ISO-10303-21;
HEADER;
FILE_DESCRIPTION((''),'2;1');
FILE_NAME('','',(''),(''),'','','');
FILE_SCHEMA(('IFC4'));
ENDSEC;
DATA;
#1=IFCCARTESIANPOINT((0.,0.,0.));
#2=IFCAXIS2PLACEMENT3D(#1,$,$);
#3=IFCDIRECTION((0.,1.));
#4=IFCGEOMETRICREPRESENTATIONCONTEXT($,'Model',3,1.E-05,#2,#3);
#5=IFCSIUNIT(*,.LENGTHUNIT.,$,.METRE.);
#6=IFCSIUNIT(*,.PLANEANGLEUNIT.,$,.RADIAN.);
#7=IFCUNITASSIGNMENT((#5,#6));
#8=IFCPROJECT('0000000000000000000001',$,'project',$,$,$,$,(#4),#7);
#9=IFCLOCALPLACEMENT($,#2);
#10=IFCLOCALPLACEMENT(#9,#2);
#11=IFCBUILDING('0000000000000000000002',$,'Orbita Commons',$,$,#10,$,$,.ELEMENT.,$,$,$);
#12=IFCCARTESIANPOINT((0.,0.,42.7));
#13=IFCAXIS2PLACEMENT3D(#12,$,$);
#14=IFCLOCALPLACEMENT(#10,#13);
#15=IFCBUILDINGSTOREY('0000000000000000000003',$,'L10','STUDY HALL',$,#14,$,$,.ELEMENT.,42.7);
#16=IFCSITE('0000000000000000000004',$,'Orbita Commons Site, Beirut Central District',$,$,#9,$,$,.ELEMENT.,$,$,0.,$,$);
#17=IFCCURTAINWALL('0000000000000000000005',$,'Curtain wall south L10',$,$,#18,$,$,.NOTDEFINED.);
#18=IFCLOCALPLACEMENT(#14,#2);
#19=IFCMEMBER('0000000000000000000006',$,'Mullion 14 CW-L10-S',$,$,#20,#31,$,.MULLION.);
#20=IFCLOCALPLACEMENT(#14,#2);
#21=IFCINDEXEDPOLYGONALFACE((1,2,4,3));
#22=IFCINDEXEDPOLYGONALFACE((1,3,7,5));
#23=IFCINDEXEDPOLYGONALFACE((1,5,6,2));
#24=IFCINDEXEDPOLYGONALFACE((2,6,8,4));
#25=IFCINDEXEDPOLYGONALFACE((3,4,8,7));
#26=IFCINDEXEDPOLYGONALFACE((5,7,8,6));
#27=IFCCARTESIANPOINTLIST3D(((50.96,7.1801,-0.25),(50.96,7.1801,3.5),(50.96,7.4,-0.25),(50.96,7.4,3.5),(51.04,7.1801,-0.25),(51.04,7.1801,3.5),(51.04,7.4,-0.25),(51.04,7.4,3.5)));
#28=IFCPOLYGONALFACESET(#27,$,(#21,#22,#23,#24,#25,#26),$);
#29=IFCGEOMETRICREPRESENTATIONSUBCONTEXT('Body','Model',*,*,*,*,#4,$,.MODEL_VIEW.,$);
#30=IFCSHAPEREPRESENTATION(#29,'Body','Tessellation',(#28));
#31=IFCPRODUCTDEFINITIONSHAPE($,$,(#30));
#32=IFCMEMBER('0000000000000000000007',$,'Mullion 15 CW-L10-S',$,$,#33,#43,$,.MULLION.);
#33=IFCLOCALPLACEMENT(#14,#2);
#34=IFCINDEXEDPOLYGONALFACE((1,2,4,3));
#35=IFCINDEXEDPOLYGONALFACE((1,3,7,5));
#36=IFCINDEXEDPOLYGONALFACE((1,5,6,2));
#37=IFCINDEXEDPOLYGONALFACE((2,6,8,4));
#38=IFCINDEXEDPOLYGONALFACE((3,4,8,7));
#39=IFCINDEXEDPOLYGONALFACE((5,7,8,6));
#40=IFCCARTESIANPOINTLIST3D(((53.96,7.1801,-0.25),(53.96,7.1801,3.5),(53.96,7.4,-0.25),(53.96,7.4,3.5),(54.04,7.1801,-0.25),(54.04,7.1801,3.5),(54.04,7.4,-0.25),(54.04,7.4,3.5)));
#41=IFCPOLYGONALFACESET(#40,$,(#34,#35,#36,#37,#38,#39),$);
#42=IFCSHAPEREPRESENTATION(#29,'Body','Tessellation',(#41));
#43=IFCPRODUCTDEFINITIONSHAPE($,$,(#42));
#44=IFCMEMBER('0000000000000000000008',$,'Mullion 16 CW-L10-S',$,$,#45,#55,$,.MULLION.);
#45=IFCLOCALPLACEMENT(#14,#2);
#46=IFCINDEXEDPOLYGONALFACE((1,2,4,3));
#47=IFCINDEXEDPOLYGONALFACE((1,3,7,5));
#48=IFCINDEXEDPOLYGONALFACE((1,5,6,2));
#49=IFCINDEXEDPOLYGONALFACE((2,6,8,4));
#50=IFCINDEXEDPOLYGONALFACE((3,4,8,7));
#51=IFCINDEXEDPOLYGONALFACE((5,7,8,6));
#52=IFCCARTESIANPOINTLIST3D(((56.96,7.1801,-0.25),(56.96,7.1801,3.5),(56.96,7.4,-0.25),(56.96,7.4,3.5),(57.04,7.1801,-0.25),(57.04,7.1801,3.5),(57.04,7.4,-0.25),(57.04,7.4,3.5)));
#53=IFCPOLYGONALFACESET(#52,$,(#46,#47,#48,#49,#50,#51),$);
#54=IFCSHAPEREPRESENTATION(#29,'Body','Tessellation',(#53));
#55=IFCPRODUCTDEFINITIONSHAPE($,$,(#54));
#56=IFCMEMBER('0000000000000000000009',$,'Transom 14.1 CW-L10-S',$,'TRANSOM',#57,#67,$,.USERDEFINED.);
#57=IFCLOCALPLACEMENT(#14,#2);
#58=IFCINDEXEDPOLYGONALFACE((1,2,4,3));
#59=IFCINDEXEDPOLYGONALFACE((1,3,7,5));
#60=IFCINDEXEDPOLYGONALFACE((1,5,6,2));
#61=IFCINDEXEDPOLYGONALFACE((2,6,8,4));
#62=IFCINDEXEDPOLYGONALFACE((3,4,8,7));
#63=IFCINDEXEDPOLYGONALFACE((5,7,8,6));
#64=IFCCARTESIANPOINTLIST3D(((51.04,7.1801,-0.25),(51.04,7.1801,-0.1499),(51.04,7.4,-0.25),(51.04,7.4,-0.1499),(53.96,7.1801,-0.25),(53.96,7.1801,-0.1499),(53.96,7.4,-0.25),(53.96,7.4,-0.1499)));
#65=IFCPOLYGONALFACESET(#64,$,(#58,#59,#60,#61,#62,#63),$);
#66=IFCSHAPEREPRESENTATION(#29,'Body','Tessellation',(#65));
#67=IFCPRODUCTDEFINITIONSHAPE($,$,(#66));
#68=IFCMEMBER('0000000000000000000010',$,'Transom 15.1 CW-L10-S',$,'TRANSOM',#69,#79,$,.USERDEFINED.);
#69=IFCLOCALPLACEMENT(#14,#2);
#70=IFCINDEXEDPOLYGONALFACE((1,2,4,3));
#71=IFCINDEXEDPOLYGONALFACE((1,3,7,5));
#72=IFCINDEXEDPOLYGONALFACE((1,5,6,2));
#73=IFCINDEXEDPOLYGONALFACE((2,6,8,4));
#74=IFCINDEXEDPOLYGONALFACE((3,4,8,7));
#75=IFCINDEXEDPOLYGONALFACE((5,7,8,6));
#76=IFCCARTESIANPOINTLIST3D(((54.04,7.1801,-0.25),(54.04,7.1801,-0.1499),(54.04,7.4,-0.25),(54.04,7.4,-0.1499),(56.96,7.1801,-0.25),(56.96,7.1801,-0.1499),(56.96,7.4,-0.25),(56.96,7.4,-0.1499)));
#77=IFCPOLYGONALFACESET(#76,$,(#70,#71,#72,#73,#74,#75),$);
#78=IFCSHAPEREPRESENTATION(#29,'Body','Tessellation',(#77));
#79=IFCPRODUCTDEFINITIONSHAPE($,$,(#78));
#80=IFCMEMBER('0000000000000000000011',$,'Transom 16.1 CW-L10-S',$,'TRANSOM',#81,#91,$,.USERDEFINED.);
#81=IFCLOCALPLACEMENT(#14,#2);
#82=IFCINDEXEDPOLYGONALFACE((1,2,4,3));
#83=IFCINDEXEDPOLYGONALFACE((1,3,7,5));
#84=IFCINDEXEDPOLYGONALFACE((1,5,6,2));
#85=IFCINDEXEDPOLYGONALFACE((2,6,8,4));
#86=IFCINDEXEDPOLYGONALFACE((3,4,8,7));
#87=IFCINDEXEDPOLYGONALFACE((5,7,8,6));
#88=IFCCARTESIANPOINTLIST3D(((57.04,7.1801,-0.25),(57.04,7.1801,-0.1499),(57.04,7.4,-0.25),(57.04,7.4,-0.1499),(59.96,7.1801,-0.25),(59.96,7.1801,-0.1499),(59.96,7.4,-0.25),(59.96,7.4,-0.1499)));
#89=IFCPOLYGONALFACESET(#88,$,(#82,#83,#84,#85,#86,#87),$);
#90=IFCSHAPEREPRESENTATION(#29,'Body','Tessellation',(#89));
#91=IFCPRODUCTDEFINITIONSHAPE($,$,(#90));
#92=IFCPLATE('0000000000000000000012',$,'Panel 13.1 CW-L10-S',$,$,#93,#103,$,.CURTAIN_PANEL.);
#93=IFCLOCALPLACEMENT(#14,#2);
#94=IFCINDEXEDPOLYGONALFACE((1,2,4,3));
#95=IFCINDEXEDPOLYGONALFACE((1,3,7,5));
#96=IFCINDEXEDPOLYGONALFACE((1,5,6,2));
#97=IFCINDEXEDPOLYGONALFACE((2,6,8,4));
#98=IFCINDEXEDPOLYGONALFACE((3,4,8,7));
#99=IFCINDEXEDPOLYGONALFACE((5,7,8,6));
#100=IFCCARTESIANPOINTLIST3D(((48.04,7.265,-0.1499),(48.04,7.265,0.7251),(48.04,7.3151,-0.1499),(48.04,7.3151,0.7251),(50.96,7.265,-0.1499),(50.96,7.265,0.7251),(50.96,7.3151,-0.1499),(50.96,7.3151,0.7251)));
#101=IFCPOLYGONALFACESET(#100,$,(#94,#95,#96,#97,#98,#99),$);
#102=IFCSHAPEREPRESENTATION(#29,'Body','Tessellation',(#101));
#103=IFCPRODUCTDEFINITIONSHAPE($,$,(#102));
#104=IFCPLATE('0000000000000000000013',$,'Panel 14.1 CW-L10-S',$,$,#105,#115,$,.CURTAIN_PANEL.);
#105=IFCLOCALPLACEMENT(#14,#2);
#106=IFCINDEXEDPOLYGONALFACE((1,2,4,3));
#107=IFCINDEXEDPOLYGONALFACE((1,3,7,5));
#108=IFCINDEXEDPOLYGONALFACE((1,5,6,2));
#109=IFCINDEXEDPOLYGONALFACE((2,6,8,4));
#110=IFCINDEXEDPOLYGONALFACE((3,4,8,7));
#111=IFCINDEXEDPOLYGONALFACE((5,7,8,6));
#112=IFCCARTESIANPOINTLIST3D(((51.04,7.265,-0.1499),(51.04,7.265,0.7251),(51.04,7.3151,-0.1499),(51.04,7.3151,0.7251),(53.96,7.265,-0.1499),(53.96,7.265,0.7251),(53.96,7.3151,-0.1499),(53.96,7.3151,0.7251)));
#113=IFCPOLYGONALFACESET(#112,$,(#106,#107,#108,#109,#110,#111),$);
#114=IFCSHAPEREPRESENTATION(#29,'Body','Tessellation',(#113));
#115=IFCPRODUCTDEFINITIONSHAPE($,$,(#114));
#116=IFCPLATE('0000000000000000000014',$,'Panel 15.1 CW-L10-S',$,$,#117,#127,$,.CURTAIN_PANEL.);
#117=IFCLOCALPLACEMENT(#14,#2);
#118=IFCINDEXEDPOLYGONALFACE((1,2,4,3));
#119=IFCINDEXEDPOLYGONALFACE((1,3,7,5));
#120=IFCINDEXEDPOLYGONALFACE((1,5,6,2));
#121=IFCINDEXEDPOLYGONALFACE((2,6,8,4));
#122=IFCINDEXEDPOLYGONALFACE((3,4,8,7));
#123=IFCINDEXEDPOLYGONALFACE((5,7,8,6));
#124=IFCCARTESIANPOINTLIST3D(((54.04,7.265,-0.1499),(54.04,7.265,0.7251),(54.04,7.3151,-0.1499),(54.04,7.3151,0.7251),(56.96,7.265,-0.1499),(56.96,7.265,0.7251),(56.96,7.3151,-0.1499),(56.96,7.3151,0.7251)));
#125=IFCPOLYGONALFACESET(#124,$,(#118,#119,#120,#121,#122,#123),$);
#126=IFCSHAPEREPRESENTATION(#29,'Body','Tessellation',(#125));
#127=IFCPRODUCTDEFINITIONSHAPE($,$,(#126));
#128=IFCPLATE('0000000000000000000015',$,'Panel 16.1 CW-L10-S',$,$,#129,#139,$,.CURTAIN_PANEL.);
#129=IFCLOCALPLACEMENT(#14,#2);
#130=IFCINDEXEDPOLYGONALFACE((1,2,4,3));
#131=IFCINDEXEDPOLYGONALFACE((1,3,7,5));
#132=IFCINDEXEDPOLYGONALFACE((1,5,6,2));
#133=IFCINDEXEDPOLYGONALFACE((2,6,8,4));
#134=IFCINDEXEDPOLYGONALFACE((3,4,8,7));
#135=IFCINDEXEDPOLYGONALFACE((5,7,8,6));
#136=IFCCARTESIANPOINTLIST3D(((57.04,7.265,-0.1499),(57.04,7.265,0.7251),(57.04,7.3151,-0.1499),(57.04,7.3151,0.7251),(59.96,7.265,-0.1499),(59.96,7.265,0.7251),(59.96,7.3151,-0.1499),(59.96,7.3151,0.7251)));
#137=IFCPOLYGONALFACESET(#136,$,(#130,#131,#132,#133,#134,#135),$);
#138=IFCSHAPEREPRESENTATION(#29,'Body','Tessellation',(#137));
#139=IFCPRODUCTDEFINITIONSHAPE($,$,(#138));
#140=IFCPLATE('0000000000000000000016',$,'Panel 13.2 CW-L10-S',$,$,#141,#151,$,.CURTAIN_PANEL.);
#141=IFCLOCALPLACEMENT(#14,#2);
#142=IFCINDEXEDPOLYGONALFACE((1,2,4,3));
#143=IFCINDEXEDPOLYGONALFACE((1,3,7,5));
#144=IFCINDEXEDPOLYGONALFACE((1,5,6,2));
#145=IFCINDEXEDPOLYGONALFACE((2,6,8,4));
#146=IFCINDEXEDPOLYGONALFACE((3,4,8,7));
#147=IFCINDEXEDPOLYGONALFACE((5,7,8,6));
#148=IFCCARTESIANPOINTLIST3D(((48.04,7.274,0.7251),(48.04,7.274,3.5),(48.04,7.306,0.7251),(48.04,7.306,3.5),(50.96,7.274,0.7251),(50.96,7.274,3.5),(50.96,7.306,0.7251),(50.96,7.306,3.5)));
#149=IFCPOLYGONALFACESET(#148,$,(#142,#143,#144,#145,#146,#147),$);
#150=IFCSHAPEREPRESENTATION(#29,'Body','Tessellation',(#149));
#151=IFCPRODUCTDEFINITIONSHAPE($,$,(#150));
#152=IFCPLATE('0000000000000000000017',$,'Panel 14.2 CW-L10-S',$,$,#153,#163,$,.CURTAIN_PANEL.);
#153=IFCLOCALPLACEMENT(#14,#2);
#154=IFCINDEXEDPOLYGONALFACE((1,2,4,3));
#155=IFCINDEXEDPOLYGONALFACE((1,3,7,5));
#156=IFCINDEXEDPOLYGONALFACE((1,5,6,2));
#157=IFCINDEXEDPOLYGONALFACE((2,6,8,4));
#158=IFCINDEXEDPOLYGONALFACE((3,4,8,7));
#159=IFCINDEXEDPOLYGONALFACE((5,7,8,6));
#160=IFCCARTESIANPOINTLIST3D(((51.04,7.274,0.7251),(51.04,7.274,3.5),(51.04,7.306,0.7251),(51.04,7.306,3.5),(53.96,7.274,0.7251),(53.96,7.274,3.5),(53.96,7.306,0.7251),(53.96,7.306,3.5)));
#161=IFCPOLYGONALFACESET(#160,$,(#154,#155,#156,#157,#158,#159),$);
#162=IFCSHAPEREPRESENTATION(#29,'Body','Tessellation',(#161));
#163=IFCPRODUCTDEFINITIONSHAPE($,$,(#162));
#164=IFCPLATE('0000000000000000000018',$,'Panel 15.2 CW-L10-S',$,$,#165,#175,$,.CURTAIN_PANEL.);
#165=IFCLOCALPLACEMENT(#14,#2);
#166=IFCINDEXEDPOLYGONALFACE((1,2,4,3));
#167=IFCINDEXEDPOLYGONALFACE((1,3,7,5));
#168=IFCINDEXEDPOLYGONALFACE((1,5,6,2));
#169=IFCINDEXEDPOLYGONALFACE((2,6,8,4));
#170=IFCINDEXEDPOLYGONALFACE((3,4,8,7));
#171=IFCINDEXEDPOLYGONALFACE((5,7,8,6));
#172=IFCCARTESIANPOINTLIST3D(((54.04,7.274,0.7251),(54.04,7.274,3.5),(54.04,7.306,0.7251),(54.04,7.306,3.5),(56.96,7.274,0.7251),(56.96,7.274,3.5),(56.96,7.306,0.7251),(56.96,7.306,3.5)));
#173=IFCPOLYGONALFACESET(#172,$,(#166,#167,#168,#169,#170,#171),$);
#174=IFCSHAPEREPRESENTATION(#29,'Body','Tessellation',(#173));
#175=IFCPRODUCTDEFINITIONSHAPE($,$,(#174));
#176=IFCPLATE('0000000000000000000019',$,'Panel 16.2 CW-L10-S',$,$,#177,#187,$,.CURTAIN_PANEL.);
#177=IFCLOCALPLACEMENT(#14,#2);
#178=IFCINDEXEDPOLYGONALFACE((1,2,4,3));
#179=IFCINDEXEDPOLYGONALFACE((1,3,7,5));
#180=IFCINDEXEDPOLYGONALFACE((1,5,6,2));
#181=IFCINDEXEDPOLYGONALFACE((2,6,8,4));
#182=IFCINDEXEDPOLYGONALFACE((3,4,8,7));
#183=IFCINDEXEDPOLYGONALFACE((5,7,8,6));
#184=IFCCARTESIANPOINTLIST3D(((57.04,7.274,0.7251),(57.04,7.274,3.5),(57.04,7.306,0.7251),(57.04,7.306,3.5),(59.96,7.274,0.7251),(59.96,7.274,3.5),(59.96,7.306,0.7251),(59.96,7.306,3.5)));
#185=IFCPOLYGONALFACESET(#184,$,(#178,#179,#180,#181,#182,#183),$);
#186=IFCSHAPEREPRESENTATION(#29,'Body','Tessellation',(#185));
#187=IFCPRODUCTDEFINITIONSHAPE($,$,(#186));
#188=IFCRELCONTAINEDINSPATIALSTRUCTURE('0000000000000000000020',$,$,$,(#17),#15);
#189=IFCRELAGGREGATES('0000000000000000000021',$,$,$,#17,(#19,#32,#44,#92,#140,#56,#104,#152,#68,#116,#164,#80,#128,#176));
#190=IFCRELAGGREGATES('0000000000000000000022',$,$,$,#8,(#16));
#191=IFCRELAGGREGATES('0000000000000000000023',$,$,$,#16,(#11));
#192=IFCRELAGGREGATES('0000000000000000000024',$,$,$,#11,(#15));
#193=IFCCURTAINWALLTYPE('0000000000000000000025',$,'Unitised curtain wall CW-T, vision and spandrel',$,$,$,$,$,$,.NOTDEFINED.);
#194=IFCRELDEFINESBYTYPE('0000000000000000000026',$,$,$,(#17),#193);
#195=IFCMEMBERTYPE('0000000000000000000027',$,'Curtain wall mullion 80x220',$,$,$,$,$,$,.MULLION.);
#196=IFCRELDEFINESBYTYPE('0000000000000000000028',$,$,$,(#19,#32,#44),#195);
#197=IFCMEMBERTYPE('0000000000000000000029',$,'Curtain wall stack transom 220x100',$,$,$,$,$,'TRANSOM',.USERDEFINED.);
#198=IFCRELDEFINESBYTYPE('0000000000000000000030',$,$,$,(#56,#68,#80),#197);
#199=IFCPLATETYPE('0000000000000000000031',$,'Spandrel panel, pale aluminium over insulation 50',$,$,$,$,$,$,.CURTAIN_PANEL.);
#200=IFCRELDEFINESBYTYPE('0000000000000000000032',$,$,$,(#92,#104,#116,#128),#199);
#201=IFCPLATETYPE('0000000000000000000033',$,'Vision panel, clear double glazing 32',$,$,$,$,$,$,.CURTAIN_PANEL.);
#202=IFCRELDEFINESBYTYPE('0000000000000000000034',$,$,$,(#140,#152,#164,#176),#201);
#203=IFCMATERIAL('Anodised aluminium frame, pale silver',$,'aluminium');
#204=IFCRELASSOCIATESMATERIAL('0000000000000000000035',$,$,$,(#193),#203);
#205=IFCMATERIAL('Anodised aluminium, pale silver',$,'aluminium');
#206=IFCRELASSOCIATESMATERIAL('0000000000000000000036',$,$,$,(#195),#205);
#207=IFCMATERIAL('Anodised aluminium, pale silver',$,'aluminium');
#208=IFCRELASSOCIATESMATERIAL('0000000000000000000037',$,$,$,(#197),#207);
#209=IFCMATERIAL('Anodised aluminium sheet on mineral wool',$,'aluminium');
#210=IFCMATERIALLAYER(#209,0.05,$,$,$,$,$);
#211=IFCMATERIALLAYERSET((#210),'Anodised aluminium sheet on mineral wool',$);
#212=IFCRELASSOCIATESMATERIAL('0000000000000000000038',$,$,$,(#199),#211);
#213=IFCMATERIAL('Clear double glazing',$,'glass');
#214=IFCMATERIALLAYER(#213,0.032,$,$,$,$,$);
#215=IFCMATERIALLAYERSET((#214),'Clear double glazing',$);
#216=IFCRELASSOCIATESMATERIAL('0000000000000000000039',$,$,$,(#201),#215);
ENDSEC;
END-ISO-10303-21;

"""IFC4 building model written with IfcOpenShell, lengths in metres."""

from ifc_helpers import new_model, si_unit, direction, frame, origin, origin_2d, place, context, subcontext, project, spatial, rectangle, extrude, material, layer, layer_set, material_profile, profile_set, type_object, element, aggregate, save


model = new_model("IFC4")

# Units and contexts
model_context = context("Model", 3, precision=1e-05, world=origin(), true_north=direction((0.0, 1.0)))
body_context = subcontext(model_context, "Body", "Model", "MODEL_VIEW")
ifc_project = project(units=[si_unit("LENGTHUNIT", "METRE"), si_unit("PLANEANGLEUNIT", "RADIAN")], contexts=[model_context])

# Site, building, storey
site_placement = place(None, origin())
site = spatial("IfcSite", under=ifc_project, at=site_placement, Name="Orbita Commons Site, Beirut Central District", CompositionType="ELEMENT", RefElevation=0.0)
building_placement = place(site_placement, origin())
building = spatial("IfcBuilding", under=site, at=building_placement, Name="Orbita Commons", CompositionType="ELEMENT")
storey_placement = place(building_placement, frame((0.0, 0.0, 42.7)))
storey = spatial("IfcBuildingStorey", under=building, at=storey_placement, Name="L10", Description="STUDY HALL", CompositionType="ELEMENT", Elevation=42.7)

# Curtain wall, members, plates
ifc_material_1 = material(Name="Anodised aluminium frame, pale silver", Category="aluminium")
curtain_wall_type = type_object("IfcCurtainWallType", Name="Unitised curtain wall CW-T, vision and spandrel", PredefinedType="NOTDEFINED", material=ifc_material_1)
curtain_wall_placement = place(storey_placement, origin())
curtain_wall = element("IfcCurtainWall", 1, at=curtain_wall_placement, inside=storey, type_object=curtain_wall_type, Name="Curtain wall south L10", PredefinedType="NOTDEFINED")
ifc_material_2 = material(Name="Anodised aluminium, pale silver", Category="aluminium")
ifc_material_profile_1 = material_profile(ifc_material_2, rectangle(XDim=0.0801, YDim=0.22, at=origin_2d()), Name="AL 80x220")
ifc_profile_set_1 = profile_set([ifc_material_profile_1], Name="Anodised aluminium, pale silver")
member_type_1 = type_object("IfcMemberType", Name="Curtain wall mullion 80x220", PredefinedType="MULLION", material=ifc_profile_set_1)
member_1_placement = place(storey_placement, frame((51.0, 7.29, -0.25), z_axis=(0.0, 0.0, 1.0), x_axis=(1.0, 0.0, 0.0)))
member_1 = element("IfcMember", 2, at=member_1_placement, type_object=member_type_1, Name="Mullion 14 CW-L10-S", PredefinedType="MULLION", context=body_context, shape_type="SweptSolid", body=[
    extrude(rectangle(XDim=0.0801, YDim=0.22, at=origin_2d()), origin(), (0.0, 0.0, 1.0), 3.75),
])
member_2_placement = place(storey_placement, frame((54.0, 7.29, -0.25), z_axis=(0.0, 0.0, 1.0), x_axis=(1.0, 0.0, 0.0)))
member_2 = element("IfcMember", 3, at=member_2_placement, type_object=member_type_1, Name="Mullion 15 CW-L10-S", PredefinedType="MULLION", context=body_context, shape_type="SweptSolid", body=[
    extrude(rectangle(XDim=0.0801, YDim=0.22, at=origin_2d()), origin(), (0.0, 0.0, 1.0), 3.75),
])
member_3_placement = place(storey_placement, frame((57.0, 7.29, -0.25), z_axis=(0.0, 0.0, 1.0), x_axis=(1.0, 0.0, 0.0)))
member_3 = element("IfcMember", 4, at=member_3_placement, type_object=member_type_1, Name="Mullion 16 CW-L10-S", PredefinedType="MULLION", context=body_context, shape_type="SweptSolid", body=[
    extrude(rectangle(XDim=0.0801, YDim=0.22, at=origin_2d()), origin(), (0.0, 0.0, 1.0), 3.75),
])
ifc_material_3 = material(Name="Anodised aluminium, pale silver", Category="aluminium")
ifc_material_profile_2 = material_profile(ifc_material_3, rectangle(XDim=0.22, YDim=0.1001, at=origin_2d()), Name="AL 220x100")
ifc_profile_set_2 = profile_set([ifc_material_profile_2], Name="Anodised aluminium, pale silver")
member_type_2 = type_object("IfcMemberType", Name="Curtain wall stack transom 220x100", ElementType="TRANSOM", PredefinedType="USERDEFINED", material=ifc_profile_set_2)
member_4_placement = place(storey_placement, frame((51.04, 7.29, -0.2), z_axis=(1.0, 0.0, 0.0), x_axis=(0.0, 1.0, 0.0)))
member_4 = element("IfcMember", 5, at=member_4_placement, type_object=member_type_2, Name="Transom 14.1 CW-L10-S", ObjectType="TRANSOM", PredefinedType="USERDEFINED", context=body_context, shape_type="SweptSolid", body=[
    extrude(rectangle(XDim=0.22, YDim=0.1001, at=origin_2d()), origin(), (0.0, 0.0, 1.0), 2.9199),
])
member_5_placement = place(storey_placement, frame((54.04, 7.29, -0.2), z_axis=(1.0, 0.0, 0.0), x_axis=(0.0, 1.0, 0.0)))
member_5 = element("IfcMember", 6, at=member_5_placement, type_object=member_type_2, Name="Transom 15.1 CW-L10-S", ObjectType="TRANSOM", PredefinedType="USERDEFINED", context=body_context, shape_type="SweptSolid", body=[
    extrude(rectangle(XDim=0.22, YDim=0.1001, at=origin_2d()), origin(), (0.0, 0.0, 1.0), 2.9199),
])
member_6_placement = place(storey_placement, frame((57.04, 7.29, -0.2), z_axis=(1.0, 0.0, 0.0), x_axis=(0.0, 1.0, 0.0)))
member_6 = element("IfcMember", 7, at=member_6_placement, type_object=member_type_2, Name="Transom 16.1 CW-L10-S", ObjectType="TRANSOM", PredefinedType="USERDEFINED", context=body_context, shape_type="SweptSolid", body=[
    extrude(rectangle(XDim=0.22, YDim=0.1001, at=origin_2d()), origin(), (0.0, 0.0, 1.0), 2.9199),
])
ifc_material_4 = material(Name="Anodised aluminium sheet on mineral wool", Category="aluminium")
ifc_layer_1 = layer(ifc_material_4, 0.05)
ifc_layer_set_1 = layer_set([ifc_layer_1], Name="Anodised aluminium sheet on mineral wool")
plate_type_1 = type_object("IfcPlateType", Name="Spandrel panel, pale aluminium over insulation 50", PredefinedType="CURTAIN_PANEL", material=ifc_layer_set_1)
plate_1_placement = place(storey_placement, frame((49.5, 7.29, -0.1499), z_axis=(0.0, 0.0, 1.0), x_axis=(1.0, 0.0, 0.0)))
plate_1 = element("IfcPlate", 8, at=plate_1_placement, type_object=plate_type_1, Name="Panel 13.1 CW-L10-S", PredefinedType="CURTAIN_PANEL", context=body_context, shape_type="SweptSolid", body=[
    extrude(rectangle(XDim=2.9199, YDim=0.05, at=origin_2d()), origin(), (0.0, 0.0, 1.0), 0.875),
])
plate_2_placement = place(storey_placement, frame((52.5, 7.29, -0.1499), z_axis=(0.0, 0.0, 1.0), x_axis=(1.0, 0.0, 0.0)))
plate_2 = element("IfcPlate", 9, at=plate_2_placement, type_object=plate_type_1, Name="Panel 14.1 CW-L10-S", PredefinedType="CURTAIN_PANEL", context=body_context, shape_type="SweptSolid", body=[
    extrude(rectangle(XDim=2.9199, YDim=0.05, at=origin_2d()), origin(), (0.0, 0.0, 1.0), 0.875),
])
plate_3_placement = place(storey_placement, frame((55.5, 7.29, -0.1499), z_axis=(0.0, 0.0, 1.0), x_axis=(1.0, 0.0, 0.0)))
plate_3 = element("IfcPlate", 10, at=plate_3_placement, type_object=plate_type_1, Name="Panel 15.1 CW-L10-S", PredefinedType="CURTAIN_PANEL", context=body_context, shape_type="SweptSolid", body=[
    extrude(rectangle(XDim=2.9199, YDim=0.05, at=origin_2d()), origin(), (0.0, 0.0, 1.0), 0.875),
])
plate_4_placement = place(storey_placement, frame((58.5, 7.29, -0.1499), z_axis=(0.0, 0.0, 1.0), x_axis=(1.0, 0.0, 0.0)))
plate_4 = element("IfcPlate", 11, at=plate_4_placement, type_object=plate_type_1, Name="Panel 16.1 CW-L10-S", PredefinedType="CURTAIN_PANEL", context=body_context, shape_type="SweptSolid", body=[
    extrude(rectangle(XDim=2.9199, YDim=0.05, at=origin_2d()), origin(), (0.0, 0.0, 1.0), 0.875),
])
ifc_material_5 = material(Name="Clear double glazing", Category="glass")
ifc_layer_2 = layer(ifc_material_5, 0.032)
ifc_layer_set_2 = layer_set([ifc_layer_2], Name="Clear double glazing")
plate_type_2 = type_object("IfcPlateType", Name="Vision panel, clear double glazing 32", PredefinedType="CURTAIN_PANEL", material=ifc_layer_set_2)
plate_5_placement = place(storey_placement, frame((49.5, 7.29, 0.7251), z_axis=(0.0, 0.0, 1.0), x_axis=(1.0, 0.0, 0.0)))
plate_5 = element("IfcPlate", 12, at=plate_5_placement, type_object=plate_type_2, Name="Panel 13.2 CW-L10-S", PredefinedType="CURTAIN_PANEL", context=body_context, shape_type="SweptSolid", body=[
    extrude(rectangle(XDim=2.9199, YDim=0.032, at=origin_2d()), origin(), (0.0, 0.0, 1.0), 2.7749),
])
plate_6_placement = place(storey_placement, frame((52.5, 7.29, 0.7251), z_axis=(0.0, 0.0, 1.0), x_axis=(1.0, 0.0, 0.0)))
plate_6 = element("IfcPlate", 13, at=plate_6_placement, type_object=plate_type_2, Name="Panel 14.2 CW-L10-S", PredefinedType="CURTAIN_PANEL", context=body_context, shape_type="SweptSolid", body=[
    extrude(rectangle(XDim=2.9199, YDim=0.032, at=origin_2d()), origin(), (0.0, 0.0, 1.0), 2.7749),
])
plate_7_placement = place(storey_placement, frame((55.5, 7.29, 0.7251), z_axis=(0.0, 0.0, 1.0), x_axis=(1.0, 0.0, 0.0)))
plate_7 = element("IfcPlate", 14, at=plate_7_placement, type_object=plate_type_2, Name="Panel 15.2 CW-L10-S", PredefinedType="CURTAIN_PANEL", context=body_context, shape_type="SweptSolid", body=[
    extrude(rectangle(XDim=2.9199, YDim=0.032, at=origin_2d()), origin(), (0.0, 0.0, 1.0), 2.7749),
])
plate_8_placement = place(storey_placement, frame((58.5, 7.29, 0.7251), z_axis=(0.0, 0.0, 1.0), x_axis=(1.0, 0.0, 0.0)))
plate_8 = element("IfcPlate", 15, at=plate_8_placement, type_object=plate_type_2, Name="Panel 16.2 CW-L10-S", PredefinedType="CURTAIN_PANEL", context=body_context, shape_type="SweptSolid", body=[
    extrude(rectangle(XDim=2.9199, YDim=0.032, at=origin_2d()), origin(), (0.0, 0.0, 1.0), 2.7749),
])
aggregate(curtain_wall, [member_1, member_2, member_3, plate_1, plate_5, member_4, plate_2, plate_6, member_5, plate_3, plate_7, member_6, plate_4, plate_8])

save(model, "model.ifc")
